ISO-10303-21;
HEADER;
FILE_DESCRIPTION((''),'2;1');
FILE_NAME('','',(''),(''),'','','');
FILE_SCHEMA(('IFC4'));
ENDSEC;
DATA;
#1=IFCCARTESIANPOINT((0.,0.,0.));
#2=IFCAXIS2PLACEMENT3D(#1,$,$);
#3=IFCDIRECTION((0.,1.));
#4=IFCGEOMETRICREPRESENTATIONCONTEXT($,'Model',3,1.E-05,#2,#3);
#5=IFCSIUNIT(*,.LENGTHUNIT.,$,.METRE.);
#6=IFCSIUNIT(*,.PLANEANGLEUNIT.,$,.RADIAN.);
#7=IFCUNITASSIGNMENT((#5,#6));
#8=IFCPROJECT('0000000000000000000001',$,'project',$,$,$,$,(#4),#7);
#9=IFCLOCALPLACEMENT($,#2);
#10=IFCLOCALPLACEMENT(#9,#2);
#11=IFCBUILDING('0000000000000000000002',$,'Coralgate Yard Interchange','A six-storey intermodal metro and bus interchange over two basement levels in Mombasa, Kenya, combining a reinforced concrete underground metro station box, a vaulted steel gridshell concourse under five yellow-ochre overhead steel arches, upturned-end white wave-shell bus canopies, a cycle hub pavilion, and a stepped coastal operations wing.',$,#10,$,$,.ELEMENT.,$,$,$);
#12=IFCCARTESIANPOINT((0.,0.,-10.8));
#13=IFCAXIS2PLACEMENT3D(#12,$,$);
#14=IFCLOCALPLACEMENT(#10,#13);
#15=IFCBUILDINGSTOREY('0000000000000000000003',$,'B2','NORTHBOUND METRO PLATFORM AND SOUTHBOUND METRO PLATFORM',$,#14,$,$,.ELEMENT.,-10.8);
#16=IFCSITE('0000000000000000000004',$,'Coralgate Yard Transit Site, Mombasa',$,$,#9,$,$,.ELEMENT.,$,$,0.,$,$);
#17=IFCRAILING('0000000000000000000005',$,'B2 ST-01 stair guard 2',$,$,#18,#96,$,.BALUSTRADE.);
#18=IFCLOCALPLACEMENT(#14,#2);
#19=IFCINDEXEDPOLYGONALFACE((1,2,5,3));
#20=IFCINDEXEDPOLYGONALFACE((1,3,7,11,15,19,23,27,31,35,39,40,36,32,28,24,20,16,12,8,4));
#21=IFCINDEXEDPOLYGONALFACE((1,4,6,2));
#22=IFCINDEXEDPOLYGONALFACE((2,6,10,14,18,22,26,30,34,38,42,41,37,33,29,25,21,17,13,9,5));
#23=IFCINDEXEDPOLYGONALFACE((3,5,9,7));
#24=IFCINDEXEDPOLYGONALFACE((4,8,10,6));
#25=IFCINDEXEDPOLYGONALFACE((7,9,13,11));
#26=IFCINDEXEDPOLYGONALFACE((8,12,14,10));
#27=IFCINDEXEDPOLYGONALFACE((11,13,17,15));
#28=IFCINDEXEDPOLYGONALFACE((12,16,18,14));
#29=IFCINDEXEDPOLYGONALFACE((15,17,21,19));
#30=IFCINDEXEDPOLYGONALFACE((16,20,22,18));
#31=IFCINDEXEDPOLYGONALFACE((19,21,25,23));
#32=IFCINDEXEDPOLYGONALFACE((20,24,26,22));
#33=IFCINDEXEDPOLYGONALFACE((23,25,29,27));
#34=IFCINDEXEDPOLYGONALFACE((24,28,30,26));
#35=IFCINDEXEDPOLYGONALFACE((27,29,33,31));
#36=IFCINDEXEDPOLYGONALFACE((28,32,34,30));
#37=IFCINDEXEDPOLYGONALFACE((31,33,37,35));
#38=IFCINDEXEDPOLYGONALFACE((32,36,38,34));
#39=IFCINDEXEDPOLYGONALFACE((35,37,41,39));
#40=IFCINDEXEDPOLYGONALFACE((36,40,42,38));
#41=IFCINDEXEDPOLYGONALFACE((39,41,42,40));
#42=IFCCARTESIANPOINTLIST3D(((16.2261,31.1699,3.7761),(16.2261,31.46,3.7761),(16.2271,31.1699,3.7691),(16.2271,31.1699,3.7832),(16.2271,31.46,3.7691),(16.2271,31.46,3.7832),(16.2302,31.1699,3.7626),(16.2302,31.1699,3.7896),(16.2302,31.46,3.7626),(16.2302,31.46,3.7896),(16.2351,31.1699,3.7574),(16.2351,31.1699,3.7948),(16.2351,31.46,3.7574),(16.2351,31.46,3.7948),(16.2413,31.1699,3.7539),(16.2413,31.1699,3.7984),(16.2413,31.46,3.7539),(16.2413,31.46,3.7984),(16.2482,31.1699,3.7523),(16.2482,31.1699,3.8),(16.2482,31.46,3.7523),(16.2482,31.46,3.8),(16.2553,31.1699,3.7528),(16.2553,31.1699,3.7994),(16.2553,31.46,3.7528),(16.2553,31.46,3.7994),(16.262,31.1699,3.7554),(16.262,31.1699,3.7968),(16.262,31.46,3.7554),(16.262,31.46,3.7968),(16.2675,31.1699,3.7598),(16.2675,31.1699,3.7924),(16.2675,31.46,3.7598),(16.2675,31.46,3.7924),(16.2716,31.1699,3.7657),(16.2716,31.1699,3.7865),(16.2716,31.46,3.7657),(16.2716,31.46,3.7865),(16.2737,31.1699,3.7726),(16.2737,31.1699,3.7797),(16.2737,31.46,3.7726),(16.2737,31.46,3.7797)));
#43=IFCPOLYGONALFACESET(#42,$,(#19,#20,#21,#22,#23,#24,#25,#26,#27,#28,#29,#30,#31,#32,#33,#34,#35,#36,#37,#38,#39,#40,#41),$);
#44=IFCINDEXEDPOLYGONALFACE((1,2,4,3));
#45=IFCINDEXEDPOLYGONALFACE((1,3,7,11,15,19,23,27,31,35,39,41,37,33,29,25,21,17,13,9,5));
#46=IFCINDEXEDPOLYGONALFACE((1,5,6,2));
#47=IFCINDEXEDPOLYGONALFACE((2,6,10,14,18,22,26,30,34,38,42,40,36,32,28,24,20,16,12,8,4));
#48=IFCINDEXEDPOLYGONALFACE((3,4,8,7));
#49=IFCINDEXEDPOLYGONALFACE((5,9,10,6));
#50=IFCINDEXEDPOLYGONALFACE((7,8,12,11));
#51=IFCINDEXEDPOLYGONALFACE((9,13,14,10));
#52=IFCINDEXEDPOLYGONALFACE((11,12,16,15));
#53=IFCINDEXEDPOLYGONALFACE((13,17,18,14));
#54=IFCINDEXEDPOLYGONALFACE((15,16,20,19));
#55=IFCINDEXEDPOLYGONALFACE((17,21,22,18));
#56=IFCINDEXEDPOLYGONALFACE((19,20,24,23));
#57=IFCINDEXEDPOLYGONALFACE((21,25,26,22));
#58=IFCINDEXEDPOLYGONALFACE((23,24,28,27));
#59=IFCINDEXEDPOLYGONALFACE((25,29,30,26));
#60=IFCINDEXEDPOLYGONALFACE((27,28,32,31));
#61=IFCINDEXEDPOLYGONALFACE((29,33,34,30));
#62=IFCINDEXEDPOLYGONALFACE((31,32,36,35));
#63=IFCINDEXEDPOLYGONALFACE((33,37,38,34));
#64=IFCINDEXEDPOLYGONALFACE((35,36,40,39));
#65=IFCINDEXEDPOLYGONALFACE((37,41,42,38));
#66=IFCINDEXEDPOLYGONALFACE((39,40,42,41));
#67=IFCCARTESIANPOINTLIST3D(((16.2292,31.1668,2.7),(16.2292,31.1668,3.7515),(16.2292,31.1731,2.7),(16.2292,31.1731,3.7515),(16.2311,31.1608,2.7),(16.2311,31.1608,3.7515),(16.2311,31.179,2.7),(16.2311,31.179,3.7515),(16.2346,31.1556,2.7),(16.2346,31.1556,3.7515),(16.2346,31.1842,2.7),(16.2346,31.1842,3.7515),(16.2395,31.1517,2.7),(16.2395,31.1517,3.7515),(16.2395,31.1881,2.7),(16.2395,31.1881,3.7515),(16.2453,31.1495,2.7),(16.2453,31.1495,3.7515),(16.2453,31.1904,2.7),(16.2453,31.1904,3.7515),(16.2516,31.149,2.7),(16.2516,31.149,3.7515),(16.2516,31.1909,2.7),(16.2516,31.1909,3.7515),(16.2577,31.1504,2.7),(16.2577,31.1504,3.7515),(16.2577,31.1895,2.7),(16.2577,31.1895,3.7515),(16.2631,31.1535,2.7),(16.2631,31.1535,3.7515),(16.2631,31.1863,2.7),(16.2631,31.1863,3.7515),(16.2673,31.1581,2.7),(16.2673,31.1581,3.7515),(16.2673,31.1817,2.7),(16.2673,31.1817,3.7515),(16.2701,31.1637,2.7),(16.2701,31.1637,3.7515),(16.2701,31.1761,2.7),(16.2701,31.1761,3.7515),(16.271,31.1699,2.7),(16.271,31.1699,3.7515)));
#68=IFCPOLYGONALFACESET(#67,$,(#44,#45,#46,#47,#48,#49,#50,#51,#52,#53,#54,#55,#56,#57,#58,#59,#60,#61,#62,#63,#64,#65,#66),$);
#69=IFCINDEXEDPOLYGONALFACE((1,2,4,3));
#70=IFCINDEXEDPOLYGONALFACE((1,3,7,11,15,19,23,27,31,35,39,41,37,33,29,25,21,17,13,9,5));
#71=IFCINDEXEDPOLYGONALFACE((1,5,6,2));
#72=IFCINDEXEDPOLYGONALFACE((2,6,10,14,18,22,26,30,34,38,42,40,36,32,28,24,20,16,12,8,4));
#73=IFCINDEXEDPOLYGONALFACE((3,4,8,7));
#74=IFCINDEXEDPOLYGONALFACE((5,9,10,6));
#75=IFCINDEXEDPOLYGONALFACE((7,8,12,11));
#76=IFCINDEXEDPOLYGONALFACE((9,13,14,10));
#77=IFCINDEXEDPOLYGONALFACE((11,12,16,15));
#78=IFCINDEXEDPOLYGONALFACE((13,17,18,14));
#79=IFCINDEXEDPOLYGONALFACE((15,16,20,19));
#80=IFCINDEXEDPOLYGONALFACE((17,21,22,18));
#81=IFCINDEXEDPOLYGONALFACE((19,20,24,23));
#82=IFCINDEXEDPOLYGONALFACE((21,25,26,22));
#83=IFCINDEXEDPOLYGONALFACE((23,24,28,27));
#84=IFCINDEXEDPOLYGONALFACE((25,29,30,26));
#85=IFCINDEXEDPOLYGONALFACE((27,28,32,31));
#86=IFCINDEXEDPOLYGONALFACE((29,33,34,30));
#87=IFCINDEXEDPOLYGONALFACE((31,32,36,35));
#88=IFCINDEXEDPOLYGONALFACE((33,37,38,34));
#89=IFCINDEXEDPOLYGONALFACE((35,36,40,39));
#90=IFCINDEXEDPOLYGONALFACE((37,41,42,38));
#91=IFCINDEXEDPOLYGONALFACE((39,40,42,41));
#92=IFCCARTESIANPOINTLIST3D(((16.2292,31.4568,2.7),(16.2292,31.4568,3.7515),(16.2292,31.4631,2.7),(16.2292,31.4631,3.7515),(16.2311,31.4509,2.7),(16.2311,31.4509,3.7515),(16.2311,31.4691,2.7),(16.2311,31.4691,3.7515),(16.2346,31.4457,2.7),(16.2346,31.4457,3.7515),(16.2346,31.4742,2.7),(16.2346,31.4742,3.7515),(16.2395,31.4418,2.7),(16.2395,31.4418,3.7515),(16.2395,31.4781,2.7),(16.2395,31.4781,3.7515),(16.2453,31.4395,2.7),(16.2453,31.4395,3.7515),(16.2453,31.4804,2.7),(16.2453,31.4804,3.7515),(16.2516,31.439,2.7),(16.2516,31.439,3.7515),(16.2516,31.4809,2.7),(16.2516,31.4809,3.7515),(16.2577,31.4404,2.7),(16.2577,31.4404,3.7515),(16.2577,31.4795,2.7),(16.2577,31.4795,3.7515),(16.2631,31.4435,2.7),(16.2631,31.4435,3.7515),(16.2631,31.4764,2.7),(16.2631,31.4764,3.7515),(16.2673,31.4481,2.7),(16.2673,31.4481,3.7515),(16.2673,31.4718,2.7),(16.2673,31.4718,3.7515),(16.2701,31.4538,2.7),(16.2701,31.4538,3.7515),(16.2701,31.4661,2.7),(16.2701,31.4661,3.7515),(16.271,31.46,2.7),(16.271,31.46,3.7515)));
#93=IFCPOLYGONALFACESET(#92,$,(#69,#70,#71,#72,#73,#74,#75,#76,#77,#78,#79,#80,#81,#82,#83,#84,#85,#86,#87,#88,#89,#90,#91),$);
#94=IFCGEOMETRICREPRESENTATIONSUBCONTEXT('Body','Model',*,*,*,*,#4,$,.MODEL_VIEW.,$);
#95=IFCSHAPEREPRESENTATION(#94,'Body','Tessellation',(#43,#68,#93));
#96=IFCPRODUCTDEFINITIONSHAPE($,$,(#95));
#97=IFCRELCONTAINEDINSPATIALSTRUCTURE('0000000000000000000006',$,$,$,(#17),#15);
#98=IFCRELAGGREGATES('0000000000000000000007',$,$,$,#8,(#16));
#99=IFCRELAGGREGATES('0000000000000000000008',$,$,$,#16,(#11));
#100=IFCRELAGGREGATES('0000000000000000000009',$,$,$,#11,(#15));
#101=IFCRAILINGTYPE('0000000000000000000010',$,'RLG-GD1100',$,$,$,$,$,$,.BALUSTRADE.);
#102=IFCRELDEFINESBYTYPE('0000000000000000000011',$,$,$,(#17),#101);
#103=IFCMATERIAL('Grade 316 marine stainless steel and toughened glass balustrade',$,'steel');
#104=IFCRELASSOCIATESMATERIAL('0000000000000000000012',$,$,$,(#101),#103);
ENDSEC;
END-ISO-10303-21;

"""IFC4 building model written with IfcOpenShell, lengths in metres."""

from ifc_helpers import new_model, si_unit, direction, frame, origin, origin_2d, place, context, subcontext, project, spatial, circle, extrude, material, type_object, element, save


model = new_model("IFC4")

# Units and contexts
model_context = context("Model", 3, precision=1e-05, world=origin(), true_north=direction((0.0, 1.0)))
body_context = subcontext(model_context, "Body", "Model", "MODEL_VIEW")
ifc_project = project(units=[si_unit("LENGTHUNIT", "METRE"), si_unit("PLANEANGLEUNIT", "RADIAN")], contexts=[model_context])

# Site, building, storey
site_placement = place(None, origin())
site = spatial("IfcSite", under=ifc_project, at=site_placement, Name="Coralgate Yard Transit Site, Mombasa", CompositionType="ELEMENT", RefElevation=0.0)
building_placement = place(site_placement, origin())
building = spatial("IfcBuilding", under=site, at=building_placement, Name="Coralgate Yard Interchange", Description="A six-storey intermodal metro and bus interchange over two basement levels in Mombasa, Kenya, combining a reinforced concrete underground metro station box, a vaulted steel gridshell concourse under five yellow-ochre overhead steel arches, upturned-end white wave-shell bus canopies, a cycle hub pavilion, and a stepped coastal operations wing.", CompositionType="ELEMENT")
storey_placement = place(building_placement, frame((0.0, 0.0, -10.8)))
storey = spatial("IfcBuildingStorey", under=building, at=storey_placement, Name="B2", Description="NORTHBOUND METRO PLATFORM AND SOUTHBOUND METRO PLATFORM", CompositionType="ELEMENT", Elevation=-10.8)

# Railing
ifc_material_1 = material(Name="Grade 316 marine stainless steel and toughened glass balustrade", Category="steel")
railing_type_1 = type_object("IfcRailingType", Name="RLG-GD1100", PredefinedType="BALUSTRADE", material=ifc_material_1)
railing_1_placement = place(storey_placement, frame((16.25, 31.1699, 2.7)))
element("IfcRailing", 1, at=railing_1_placement, inside=storey, type_object=railing_type_1, Name="B2 ST-01 stair guard 2", PredefinedType="BALUSTRADE", context=body_context, shape_type="SweptSolid", body=[
    extrude(circle(Radius=0.0239, at=origin_2d()), frame((0.0, 0.0, 1.0762), z_axis=(0.0, 1.0, 0.0), x_axis=(-1.0, 0.0, 0.0)), (0.0, 0.0, 1.0), 0.29),
    extrude(circle(Radius=0.021, at=origin_2d()), origin(), (0.0, 0.0, 1.0), 1.0515),
    extrude(circle(Radius=0.021, at=origin_2d()), frame((0.0, 0.29, 0.0)), (0.0, 0.0, 1.0), 1.0515),
])

save(model, "model.ifc")
